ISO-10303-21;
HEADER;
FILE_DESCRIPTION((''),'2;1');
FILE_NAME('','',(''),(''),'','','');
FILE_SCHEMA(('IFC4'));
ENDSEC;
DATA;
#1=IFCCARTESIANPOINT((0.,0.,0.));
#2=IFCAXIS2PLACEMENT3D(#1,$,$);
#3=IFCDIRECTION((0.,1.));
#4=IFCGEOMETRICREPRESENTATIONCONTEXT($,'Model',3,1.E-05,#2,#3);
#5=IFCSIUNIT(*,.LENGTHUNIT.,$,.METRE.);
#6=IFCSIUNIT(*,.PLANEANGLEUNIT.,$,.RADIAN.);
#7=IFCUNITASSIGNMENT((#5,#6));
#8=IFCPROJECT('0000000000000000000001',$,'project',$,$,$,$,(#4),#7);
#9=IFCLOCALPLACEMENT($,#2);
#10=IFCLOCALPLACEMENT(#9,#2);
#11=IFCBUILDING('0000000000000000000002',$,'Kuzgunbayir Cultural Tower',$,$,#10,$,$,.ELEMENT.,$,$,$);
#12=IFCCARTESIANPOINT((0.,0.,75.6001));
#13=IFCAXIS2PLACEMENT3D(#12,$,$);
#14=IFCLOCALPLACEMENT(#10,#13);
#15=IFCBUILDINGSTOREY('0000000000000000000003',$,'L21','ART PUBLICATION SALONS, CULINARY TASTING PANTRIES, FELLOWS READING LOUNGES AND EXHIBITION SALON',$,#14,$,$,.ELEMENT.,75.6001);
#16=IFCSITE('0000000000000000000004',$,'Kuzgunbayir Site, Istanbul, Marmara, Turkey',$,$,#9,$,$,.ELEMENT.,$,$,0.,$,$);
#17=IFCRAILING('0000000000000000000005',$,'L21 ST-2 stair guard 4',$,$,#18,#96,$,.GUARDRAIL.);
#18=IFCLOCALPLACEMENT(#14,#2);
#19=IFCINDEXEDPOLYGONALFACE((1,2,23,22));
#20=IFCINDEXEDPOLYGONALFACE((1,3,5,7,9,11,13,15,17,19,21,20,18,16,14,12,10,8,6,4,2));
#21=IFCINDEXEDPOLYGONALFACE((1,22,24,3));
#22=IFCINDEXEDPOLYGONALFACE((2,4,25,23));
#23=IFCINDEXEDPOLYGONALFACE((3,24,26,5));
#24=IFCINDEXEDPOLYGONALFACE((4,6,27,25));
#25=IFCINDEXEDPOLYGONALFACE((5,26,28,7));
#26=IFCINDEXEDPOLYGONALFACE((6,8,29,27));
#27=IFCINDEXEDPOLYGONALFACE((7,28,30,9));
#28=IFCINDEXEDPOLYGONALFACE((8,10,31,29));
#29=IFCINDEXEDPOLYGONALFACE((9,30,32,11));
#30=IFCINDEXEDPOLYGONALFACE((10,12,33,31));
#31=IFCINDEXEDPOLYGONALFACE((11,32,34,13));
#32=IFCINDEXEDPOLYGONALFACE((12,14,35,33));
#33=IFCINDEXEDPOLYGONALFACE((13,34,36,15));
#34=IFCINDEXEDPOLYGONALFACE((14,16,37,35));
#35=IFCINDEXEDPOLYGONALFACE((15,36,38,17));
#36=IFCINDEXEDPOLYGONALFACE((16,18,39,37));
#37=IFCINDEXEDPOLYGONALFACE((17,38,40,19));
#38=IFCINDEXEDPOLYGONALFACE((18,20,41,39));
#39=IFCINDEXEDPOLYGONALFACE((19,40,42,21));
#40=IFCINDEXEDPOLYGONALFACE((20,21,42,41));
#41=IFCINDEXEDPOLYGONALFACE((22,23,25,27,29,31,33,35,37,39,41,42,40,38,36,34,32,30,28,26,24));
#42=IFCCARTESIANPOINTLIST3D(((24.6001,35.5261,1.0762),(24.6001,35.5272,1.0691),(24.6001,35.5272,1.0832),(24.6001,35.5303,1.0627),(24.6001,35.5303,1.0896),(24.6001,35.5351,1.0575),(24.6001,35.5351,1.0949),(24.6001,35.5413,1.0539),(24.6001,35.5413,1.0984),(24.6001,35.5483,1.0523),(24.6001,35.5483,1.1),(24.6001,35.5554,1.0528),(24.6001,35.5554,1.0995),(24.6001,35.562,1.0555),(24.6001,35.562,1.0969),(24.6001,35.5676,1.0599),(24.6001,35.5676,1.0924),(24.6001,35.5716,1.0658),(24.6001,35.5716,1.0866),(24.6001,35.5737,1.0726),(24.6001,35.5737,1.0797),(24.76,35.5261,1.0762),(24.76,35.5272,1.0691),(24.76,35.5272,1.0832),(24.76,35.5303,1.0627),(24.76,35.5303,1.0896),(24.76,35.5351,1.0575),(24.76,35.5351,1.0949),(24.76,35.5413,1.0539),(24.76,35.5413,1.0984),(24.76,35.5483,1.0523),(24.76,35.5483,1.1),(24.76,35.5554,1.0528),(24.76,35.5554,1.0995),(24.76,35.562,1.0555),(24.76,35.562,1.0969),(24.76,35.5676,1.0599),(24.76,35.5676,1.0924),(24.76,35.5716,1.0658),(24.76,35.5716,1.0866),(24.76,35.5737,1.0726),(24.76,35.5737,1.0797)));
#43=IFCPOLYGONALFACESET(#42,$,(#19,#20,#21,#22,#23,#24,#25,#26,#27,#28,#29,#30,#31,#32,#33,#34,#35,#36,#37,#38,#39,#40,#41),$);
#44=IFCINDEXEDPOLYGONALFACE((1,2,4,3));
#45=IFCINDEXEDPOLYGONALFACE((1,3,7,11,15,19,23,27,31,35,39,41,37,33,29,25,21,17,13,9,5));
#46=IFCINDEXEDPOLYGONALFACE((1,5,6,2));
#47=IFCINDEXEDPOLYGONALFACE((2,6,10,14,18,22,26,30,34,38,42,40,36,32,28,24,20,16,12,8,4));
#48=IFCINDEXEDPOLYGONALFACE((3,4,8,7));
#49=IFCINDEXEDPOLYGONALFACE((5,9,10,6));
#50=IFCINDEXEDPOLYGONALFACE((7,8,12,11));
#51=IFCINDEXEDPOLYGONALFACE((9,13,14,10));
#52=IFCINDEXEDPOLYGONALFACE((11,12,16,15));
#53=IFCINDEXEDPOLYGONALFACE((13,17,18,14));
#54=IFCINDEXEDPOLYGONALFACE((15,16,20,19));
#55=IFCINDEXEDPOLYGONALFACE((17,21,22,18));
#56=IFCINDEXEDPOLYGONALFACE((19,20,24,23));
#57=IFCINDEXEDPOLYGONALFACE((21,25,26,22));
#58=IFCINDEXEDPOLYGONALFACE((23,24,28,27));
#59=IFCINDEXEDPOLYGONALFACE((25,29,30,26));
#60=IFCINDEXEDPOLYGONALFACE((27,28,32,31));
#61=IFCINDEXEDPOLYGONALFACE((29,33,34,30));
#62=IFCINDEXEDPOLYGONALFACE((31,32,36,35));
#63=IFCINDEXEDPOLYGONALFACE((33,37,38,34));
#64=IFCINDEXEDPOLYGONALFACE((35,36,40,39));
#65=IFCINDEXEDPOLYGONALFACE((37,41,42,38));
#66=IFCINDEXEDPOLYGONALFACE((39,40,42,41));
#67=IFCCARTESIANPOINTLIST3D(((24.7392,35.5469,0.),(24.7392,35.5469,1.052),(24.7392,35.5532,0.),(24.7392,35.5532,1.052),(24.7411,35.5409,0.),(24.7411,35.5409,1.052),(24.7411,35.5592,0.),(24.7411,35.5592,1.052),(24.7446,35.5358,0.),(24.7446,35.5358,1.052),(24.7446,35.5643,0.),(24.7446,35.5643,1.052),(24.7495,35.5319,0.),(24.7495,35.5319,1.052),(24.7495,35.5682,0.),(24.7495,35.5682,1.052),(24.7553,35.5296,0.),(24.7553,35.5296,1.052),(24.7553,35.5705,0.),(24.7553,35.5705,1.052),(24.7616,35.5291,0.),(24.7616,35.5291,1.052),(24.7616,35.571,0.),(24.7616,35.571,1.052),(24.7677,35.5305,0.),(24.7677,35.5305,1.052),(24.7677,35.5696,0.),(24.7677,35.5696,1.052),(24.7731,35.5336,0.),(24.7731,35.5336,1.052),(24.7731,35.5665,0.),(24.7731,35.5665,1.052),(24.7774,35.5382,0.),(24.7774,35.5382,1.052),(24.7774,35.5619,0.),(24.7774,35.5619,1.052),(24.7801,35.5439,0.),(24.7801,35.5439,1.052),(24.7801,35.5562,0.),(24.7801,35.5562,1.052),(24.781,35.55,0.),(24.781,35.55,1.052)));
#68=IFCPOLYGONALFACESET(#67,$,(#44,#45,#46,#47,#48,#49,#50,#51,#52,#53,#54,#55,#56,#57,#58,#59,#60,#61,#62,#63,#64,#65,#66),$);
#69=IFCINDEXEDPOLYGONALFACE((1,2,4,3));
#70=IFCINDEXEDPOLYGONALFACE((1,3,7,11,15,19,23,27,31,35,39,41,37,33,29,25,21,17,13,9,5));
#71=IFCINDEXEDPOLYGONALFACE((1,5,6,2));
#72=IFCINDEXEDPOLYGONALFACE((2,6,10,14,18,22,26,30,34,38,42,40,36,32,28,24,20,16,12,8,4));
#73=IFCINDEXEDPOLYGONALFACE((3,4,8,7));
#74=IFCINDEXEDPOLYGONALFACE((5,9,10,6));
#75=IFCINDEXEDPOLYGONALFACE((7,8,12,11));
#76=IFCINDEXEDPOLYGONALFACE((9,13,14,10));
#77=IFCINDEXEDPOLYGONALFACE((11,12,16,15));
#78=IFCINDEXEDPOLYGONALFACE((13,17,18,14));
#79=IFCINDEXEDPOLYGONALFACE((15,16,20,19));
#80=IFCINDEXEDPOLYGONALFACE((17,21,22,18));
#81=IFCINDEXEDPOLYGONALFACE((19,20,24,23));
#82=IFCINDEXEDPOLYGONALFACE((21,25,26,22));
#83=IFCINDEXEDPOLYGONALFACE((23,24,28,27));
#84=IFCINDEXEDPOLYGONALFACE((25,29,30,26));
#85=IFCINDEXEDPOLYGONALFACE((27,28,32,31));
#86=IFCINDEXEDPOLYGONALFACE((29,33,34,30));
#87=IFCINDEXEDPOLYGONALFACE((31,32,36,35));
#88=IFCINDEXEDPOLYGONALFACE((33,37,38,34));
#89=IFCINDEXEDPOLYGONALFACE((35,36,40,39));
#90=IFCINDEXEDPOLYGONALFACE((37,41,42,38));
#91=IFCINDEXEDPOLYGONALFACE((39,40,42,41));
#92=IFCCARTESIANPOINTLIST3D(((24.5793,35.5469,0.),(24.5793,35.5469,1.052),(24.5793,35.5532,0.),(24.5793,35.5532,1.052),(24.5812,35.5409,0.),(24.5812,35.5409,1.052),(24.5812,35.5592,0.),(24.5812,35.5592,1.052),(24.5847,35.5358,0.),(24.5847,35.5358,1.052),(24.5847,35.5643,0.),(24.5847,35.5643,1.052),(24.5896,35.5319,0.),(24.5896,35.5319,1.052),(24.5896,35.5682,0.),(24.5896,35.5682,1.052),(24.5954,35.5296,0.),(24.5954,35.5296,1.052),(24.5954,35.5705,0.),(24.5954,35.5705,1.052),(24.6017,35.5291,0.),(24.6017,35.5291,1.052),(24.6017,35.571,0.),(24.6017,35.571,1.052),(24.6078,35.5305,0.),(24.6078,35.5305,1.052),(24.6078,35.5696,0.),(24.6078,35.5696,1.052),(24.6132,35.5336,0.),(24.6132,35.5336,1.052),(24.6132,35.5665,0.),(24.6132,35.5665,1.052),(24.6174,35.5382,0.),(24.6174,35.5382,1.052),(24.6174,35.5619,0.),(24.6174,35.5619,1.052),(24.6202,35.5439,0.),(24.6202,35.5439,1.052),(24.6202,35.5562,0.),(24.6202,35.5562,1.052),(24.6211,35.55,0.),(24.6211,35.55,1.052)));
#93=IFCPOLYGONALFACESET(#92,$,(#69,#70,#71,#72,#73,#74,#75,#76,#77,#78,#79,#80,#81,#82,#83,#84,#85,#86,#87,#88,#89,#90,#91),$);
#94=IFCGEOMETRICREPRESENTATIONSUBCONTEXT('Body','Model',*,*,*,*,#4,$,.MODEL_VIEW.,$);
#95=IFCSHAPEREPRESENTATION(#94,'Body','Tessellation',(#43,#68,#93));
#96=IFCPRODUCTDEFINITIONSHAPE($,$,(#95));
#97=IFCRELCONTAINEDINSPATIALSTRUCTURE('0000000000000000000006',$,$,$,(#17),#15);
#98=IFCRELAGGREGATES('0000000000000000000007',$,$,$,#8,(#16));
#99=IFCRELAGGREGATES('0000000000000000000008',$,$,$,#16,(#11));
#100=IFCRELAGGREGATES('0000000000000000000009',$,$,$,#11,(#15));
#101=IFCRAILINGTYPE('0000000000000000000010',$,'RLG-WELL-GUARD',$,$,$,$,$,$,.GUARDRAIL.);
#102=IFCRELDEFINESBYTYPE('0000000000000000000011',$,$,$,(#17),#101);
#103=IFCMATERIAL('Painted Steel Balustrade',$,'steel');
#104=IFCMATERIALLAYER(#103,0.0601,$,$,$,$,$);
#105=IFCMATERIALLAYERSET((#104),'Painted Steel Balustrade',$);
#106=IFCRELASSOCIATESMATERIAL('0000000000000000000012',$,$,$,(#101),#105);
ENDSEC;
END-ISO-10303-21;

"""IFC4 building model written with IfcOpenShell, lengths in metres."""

from ifc_helpers import new_model, si_unit, direction, frame, origin, origin_2d, place, context, subcontext, project, spatial, circle, extrude, material, layer, layer_set, type_object, element, save


model = new_model("IFC4")

# Units and contexts
model_context = context("Model", 3, precision=1e-05, world=origin(), true_north=direction((0.0, 1.0)))
body_context = subcontext(model_context, "Body", "Model", "MODEL_VIEW")
ifc_project = project(units=[si_unit("LENGTHUNIT", "METRE"), si_unit("PLANEANGLEUNIT", "RADIAN")], contexts=[model_context])

# Site, building, storey
site_placement = place(None, origin())
site = spatial("IfcSite", under=ifc_project, at=site_placement, Name="Kuzgunbayir Site, Istanbul, Marmara, Turkey", CompositionType="ELEMENT", RefElevation=0.0)
building_placement = place(site_placement, origin())
building = spatial("IfcBuilding", under=site, at=building_placement, Name="Kuzgunbayir Cultural Tower", CompositionType="ELEMENT")
storey_placement = place(building_placement, frame((0.0, 0.0, 75.6001)))
storey = spatial("IfcBuildingStorey", under=building, at=storey_placement, Name="L21", Description="ART PUBLICATION SALONS, CULINARY TASTING PANTRIES, FELLOWS READING LOUNGES AND EXHIBITION SALON", CompositionType="ELEMENT", Elevation=75.6001)

# Railing
ifc_material_1 = material(Name="Painted Steel Balustrade", Category="steel")
ifc_layer_1 = layer(ifc_material_1, 0.0601)
ifc_layer_set_1 = layer_set([ifc_layer_1], Name="Painted Steel Balustrade")
railing_type_1 = type_object("IfcRailingType", Name="RLG-WELL-GUARD", PredefinedType="GUARDRAIL", material=ifc_layer_set_1)
railing_1_placement = place(storey_placement, frame((24.76, 35.55, 0.0)))
element("IfcRailing", 1, at=railing_1_placement, inside=storey, type_object=railing_type_1, Name="L21 ST-2 stair guard 4", PredefinedType="GUARDRAIL", context=body_context, shape_type="SweptSolid", body=[
    extrude(circle(Radius=0.0239, at=origin_2d()), frame((0.0, 0.0, 1.0762), z_axis=(-1.0, 0.0, 0.0), x_axis=(0.0, -1.0, 0.0)), (0.0, 0.0, 1.0), 0.1599),
    extrude(circle(Radius=0.021, at=origin_2d()), origin(), (0.0, 0.0, 1.0), 1.052),
    extrude(circle(Radius=0.021, at=origin_2d()), frame((-0.1599, 0.0, 0.0)), (0.0, 0.0, 1.0), 1.052),
])

save(model, "model.ifc")
